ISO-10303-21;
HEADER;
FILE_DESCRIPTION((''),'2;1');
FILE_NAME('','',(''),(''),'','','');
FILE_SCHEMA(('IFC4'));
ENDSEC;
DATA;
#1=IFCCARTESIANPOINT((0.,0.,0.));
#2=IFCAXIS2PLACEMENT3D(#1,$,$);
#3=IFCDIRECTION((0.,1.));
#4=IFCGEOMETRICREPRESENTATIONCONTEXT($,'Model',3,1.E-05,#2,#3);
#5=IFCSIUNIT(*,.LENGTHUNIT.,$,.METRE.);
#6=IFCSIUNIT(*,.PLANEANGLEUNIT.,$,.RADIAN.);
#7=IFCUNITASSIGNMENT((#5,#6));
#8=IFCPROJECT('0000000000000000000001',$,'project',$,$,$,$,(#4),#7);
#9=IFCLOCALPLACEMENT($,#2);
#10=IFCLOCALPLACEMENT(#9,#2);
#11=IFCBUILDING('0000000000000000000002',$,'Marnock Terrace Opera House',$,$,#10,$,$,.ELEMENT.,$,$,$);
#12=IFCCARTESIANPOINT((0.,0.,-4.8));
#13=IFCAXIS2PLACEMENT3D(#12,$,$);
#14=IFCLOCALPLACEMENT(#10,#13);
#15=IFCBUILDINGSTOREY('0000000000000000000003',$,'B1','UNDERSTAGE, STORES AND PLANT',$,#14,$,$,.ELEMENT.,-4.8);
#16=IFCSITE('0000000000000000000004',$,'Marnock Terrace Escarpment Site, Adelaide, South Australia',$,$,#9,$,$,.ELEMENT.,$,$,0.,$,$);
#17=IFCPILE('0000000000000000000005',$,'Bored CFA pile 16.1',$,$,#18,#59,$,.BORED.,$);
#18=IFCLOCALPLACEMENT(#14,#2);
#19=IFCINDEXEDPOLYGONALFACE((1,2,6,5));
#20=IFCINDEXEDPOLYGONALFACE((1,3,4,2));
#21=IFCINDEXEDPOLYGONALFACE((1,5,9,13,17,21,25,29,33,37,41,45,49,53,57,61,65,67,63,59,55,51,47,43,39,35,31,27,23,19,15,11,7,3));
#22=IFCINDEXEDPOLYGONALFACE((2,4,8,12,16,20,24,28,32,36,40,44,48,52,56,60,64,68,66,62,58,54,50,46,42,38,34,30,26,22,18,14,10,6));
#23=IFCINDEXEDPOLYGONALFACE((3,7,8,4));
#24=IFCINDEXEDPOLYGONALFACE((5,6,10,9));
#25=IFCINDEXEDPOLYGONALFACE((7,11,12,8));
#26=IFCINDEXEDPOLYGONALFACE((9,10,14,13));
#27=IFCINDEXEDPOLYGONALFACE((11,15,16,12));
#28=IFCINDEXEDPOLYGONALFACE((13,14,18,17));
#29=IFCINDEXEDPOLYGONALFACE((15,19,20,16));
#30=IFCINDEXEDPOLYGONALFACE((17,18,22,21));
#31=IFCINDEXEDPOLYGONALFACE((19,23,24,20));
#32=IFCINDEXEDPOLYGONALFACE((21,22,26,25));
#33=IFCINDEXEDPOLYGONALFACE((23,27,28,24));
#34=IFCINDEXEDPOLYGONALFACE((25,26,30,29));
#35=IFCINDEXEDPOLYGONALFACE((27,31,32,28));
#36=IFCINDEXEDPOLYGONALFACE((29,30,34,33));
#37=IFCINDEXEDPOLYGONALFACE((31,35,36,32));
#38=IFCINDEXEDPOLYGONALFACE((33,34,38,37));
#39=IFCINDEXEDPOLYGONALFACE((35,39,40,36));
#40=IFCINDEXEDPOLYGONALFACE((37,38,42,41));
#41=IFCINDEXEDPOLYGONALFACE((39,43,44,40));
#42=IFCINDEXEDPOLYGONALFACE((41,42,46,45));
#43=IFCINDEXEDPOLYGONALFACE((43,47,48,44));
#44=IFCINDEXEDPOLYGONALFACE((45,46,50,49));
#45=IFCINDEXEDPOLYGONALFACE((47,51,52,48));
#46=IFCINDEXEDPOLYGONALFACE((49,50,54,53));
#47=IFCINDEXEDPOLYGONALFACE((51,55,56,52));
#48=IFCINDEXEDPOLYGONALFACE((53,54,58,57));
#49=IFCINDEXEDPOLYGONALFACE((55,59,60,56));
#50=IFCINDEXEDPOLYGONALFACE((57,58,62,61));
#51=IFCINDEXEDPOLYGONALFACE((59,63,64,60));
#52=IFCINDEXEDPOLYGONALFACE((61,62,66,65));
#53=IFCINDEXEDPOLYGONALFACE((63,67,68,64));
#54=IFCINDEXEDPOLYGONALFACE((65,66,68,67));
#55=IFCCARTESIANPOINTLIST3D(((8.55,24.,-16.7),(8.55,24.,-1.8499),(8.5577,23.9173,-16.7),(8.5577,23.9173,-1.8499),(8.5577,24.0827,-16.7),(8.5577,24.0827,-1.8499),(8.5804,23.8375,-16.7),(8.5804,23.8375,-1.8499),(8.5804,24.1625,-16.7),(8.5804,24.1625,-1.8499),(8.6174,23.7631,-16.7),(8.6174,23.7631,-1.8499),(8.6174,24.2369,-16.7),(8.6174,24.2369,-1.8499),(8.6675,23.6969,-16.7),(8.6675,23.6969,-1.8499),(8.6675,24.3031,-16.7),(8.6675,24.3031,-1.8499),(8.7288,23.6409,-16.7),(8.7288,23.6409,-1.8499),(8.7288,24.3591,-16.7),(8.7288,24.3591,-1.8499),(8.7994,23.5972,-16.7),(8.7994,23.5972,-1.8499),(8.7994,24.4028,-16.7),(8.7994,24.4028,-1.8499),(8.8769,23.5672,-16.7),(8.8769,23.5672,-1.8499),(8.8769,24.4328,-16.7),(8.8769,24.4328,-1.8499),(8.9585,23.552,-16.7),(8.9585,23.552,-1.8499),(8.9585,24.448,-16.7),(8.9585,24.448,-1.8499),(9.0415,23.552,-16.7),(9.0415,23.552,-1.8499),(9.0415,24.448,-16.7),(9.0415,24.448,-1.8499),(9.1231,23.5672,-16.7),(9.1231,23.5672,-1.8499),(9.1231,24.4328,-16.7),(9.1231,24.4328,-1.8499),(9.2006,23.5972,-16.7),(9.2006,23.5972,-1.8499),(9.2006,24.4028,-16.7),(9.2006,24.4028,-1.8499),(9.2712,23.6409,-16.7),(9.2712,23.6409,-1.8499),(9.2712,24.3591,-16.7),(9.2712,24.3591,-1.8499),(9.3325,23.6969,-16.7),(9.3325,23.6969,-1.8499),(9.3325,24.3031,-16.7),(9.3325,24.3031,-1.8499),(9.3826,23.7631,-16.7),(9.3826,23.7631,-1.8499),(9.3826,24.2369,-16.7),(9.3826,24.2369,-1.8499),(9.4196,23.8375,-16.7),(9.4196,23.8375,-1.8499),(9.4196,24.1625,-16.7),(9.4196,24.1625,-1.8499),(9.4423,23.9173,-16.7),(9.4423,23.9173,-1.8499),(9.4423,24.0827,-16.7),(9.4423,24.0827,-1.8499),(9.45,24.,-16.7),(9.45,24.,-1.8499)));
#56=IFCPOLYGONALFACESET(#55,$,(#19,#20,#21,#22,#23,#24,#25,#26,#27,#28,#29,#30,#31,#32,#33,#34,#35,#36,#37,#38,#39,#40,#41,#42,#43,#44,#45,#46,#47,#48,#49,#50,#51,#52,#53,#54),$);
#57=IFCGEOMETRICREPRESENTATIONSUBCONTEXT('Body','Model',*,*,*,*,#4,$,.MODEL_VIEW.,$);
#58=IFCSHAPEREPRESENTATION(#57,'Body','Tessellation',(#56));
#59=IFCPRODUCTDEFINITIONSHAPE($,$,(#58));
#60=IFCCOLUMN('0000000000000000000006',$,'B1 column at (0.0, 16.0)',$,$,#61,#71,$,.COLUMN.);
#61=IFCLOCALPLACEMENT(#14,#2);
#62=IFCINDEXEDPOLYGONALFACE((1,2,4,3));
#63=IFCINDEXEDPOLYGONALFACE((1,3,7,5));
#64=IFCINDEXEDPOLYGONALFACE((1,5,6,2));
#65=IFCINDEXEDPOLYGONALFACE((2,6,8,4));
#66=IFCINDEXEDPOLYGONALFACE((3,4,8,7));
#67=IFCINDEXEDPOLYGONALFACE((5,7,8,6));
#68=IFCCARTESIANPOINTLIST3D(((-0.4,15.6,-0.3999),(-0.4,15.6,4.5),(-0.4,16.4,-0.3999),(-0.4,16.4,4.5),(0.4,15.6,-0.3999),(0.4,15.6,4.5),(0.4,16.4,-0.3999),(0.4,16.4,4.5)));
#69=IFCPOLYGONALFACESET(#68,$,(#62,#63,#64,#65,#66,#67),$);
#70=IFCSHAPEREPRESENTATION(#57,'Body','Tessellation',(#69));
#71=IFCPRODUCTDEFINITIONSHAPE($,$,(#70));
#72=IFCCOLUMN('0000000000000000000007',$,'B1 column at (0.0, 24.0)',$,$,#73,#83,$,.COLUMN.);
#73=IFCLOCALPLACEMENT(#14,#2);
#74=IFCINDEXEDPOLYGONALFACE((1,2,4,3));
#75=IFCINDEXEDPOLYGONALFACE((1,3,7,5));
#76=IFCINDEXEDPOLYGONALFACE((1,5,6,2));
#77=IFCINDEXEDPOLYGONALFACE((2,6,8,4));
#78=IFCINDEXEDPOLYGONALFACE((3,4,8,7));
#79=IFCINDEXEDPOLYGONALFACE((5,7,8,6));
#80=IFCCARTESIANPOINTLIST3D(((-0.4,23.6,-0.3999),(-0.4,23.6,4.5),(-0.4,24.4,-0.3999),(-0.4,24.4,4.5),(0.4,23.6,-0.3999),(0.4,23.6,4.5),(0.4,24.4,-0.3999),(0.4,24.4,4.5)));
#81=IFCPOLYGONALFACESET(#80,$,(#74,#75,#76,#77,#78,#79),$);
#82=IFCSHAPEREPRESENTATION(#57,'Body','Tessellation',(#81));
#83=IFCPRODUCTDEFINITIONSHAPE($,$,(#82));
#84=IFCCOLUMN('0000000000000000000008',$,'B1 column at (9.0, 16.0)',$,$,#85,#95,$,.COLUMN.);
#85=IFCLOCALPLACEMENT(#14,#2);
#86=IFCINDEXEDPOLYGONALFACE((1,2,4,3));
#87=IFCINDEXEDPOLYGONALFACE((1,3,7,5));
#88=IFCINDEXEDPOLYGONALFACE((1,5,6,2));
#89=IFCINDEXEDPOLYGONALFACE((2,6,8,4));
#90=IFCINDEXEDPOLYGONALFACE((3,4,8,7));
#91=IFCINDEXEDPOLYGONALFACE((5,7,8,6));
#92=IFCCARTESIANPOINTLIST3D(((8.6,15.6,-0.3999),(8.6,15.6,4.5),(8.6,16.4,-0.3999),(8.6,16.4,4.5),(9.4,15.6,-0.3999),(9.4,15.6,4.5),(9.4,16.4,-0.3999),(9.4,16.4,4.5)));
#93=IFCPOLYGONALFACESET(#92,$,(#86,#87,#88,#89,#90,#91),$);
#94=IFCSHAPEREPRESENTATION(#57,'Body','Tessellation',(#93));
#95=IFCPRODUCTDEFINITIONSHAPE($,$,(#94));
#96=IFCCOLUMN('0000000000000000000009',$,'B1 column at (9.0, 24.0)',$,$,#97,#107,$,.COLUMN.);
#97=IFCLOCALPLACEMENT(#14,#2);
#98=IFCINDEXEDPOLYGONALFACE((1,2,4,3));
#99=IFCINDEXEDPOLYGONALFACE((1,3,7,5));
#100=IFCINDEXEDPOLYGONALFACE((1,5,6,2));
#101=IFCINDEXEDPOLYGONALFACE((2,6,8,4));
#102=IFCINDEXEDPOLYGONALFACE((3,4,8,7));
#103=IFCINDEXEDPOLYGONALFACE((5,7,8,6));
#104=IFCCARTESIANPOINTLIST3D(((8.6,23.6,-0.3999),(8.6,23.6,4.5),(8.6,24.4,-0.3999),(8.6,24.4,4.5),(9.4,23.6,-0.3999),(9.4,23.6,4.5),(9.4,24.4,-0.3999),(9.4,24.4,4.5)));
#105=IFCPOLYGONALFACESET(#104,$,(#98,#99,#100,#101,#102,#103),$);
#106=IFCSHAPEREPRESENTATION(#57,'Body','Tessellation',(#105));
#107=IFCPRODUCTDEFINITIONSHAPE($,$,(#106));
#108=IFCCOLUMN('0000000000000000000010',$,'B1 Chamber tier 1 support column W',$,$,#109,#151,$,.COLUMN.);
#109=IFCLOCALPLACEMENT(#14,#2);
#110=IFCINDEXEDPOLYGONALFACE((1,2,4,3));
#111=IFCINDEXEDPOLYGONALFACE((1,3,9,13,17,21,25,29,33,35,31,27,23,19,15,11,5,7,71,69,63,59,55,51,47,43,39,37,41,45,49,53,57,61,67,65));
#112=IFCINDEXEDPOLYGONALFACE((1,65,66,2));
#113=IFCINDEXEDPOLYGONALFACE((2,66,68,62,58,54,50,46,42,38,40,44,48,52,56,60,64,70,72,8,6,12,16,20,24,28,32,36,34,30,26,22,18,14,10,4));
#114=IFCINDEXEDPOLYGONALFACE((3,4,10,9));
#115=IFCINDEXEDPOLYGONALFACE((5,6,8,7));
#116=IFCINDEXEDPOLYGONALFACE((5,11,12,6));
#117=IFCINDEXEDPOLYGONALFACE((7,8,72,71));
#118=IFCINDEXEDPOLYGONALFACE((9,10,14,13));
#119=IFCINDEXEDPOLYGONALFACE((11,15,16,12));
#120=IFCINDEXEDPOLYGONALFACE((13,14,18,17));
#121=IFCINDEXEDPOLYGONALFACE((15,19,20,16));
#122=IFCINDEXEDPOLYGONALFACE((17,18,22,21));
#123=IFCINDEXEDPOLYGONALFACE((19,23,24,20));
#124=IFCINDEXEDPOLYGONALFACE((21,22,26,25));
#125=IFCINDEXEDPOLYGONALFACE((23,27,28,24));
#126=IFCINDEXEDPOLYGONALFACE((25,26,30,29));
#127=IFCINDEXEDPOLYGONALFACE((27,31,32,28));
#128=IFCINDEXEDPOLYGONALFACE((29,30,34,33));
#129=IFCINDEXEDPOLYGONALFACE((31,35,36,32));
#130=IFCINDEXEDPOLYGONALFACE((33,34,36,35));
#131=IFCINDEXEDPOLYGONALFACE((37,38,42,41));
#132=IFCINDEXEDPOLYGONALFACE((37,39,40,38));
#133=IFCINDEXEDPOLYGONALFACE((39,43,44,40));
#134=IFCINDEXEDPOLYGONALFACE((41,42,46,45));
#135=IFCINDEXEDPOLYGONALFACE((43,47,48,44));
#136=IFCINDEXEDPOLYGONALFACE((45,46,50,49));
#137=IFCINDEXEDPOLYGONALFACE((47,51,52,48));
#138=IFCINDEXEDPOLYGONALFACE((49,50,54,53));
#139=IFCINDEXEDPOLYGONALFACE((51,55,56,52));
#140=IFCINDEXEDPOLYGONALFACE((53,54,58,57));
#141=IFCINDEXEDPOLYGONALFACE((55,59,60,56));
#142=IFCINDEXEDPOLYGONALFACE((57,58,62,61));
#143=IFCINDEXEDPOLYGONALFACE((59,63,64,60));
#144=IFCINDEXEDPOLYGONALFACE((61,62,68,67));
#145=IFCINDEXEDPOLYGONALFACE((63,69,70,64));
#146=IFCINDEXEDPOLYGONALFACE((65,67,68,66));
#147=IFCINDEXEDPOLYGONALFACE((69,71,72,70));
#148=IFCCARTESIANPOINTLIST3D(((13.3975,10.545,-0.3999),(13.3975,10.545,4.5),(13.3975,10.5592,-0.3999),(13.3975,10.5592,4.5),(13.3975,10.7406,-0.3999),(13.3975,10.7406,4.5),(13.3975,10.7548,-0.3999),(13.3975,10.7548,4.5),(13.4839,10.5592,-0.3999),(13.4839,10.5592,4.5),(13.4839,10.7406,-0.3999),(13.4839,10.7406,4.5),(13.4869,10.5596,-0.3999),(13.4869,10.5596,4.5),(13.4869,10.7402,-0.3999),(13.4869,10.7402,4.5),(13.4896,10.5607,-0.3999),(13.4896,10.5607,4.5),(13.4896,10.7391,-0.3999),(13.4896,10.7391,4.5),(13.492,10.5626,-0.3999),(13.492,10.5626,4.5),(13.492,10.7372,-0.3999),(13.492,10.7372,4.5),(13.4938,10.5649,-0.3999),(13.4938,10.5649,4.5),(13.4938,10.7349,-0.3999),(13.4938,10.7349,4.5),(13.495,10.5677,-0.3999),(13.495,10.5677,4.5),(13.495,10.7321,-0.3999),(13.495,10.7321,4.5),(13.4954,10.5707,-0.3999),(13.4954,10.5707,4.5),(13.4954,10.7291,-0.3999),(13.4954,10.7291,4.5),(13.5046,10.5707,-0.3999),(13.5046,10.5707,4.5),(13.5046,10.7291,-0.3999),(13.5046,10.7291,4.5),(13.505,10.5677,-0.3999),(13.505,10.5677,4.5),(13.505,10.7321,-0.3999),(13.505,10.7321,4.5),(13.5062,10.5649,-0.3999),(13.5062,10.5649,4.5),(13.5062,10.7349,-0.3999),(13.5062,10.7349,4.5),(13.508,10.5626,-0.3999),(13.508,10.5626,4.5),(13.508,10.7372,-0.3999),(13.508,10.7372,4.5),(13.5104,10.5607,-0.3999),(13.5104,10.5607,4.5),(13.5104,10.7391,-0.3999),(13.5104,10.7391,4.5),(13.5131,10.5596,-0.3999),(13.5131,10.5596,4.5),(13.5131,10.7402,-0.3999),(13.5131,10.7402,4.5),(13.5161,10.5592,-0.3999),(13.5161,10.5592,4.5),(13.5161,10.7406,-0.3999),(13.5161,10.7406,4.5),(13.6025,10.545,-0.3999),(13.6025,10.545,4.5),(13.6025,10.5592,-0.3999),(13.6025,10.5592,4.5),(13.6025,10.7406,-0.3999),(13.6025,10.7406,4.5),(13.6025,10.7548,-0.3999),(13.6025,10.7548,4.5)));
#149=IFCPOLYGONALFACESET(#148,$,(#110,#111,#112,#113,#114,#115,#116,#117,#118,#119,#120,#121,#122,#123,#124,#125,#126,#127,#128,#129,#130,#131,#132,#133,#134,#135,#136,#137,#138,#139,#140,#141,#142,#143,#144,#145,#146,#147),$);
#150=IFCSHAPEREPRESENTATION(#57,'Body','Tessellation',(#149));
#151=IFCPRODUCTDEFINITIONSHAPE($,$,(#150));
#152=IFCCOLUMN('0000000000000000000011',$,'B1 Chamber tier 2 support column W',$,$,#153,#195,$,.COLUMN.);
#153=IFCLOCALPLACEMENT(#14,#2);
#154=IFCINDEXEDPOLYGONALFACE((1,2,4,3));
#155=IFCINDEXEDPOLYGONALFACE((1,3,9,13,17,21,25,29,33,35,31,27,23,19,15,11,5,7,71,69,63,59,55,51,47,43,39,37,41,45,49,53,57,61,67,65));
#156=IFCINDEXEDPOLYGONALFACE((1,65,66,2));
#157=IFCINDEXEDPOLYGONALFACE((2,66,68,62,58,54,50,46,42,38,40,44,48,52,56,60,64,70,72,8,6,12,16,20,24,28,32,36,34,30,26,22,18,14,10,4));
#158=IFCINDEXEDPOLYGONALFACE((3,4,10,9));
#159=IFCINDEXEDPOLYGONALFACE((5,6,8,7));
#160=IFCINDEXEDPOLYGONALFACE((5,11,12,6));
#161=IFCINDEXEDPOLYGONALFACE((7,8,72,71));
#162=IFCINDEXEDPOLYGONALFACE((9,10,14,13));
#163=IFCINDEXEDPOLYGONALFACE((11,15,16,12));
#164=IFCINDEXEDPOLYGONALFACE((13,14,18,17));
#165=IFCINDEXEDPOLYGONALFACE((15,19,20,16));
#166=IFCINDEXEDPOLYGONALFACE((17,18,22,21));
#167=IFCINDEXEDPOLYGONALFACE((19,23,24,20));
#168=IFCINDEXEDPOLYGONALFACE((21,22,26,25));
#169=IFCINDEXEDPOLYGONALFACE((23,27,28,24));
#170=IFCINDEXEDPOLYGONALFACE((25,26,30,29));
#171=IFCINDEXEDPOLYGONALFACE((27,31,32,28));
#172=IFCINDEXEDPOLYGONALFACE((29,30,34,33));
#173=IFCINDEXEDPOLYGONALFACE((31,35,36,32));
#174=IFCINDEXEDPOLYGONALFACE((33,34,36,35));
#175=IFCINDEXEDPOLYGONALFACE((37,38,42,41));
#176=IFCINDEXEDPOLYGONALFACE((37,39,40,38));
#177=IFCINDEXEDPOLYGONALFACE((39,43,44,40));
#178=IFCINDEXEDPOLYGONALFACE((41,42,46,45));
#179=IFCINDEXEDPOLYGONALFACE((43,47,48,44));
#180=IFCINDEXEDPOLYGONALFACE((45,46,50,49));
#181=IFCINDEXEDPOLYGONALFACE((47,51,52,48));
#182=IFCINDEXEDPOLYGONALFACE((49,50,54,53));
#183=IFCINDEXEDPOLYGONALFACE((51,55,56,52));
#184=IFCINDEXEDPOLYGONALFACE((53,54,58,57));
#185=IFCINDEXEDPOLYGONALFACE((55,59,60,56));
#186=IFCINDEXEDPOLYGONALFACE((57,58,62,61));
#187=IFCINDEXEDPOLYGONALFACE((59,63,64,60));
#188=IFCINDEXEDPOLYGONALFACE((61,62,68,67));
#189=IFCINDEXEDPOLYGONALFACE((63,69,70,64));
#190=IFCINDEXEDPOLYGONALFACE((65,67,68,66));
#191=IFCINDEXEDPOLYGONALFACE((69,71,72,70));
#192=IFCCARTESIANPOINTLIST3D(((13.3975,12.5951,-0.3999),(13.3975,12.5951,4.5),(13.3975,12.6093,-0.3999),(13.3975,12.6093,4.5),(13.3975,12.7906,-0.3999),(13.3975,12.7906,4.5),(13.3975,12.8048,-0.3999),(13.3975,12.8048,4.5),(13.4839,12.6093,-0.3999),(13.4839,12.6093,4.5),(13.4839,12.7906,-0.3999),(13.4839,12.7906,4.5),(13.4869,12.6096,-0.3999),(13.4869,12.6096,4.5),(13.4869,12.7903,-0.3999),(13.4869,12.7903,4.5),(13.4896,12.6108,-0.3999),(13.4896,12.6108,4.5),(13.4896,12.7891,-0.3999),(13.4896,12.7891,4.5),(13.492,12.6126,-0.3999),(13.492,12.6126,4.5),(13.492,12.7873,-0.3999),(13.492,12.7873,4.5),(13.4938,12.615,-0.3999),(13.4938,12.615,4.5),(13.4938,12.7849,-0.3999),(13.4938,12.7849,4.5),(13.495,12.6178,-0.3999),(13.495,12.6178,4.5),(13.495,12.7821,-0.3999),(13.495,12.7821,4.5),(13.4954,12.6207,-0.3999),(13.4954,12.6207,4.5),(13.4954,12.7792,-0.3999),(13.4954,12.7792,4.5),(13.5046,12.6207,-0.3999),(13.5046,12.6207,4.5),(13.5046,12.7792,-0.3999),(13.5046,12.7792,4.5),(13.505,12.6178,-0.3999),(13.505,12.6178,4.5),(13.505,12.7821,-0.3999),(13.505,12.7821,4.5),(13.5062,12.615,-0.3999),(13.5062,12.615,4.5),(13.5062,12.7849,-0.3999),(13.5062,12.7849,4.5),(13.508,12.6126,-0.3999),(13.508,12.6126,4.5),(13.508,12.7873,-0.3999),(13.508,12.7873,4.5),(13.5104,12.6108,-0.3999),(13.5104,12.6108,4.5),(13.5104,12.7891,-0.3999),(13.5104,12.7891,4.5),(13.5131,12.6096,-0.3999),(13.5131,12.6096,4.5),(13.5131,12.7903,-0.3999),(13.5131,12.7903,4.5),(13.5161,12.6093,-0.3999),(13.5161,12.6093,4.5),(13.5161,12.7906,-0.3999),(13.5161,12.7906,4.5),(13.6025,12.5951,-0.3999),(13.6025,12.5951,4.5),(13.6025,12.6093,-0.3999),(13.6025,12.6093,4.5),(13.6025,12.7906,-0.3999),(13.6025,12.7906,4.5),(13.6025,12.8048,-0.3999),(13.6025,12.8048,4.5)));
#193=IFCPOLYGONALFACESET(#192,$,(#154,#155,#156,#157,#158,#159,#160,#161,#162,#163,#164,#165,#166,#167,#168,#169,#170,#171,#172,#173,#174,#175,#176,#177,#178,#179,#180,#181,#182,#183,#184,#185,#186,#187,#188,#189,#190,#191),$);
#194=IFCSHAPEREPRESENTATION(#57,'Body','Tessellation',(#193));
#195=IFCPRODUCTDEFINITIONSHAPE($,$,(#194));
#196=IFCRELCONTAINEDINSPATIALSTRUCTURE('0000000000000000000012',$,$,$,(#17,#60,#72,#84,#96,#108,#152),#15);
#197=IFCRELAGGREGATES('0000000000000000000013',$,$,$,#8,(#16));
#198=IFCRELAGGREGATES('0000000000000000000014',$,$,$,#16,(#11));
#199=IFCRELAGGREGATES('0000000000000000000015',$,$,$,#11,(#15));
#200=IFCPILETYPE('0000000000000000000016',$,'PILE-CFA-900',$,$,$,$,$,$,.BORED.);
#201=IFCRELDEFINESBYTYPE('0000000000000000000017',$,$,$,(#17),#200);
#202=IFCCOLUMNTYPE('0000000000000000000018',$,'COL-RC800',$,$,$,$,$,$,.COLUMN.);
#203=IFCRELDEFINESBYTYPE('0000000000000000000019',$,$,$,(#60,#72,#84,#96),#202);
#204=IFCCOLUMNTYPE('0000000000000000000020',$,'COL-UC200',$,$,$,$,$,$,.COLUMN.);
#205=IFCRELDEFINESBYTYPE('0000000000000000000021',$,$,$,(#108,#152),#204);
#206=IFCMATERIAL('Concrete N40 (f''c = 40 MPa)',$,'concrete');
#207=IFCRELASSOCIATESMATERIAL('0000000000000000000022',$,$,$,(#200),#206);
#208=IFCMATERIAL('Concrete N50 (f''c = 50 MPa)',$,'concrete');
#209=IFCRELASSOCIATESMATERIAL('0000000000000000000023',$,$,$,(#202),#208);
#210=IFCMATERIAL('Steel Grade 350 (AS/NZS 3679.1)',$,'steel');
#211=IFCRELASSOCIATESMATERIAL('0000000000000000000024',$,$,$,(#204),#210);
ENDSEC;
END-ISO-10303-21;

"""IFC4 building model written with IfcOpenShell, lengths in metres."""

from ifc_helpers import new_model, si_unit, direction, frame, origin, origin_2d, place, context, subcontext, project, spatial, rectangle, circle, i_section, extrude, material, material_profile, profile_set, type_object, element, save


model = new_model("IFC4")

# Units and contexts
model_context = context("Model", 3, precision=1e-05, world=origin(), true_north=direction((0.0, 1.0)))
body_context = subcontext(model_context, "Body", "Model", "MODEL_VIEW")
ifc_project = project(units=[si_unit("LENGTHUNIT", "METRE"), si_unit("PLANEANGLEUNIT", "RADIAN")], contexts=[model_context])

# Site, building, storey
site_placement = place(None, origin())
site = spatial("IfcSite", under=ifc_project, at=site_placement, Name="Marnock Terrace Escarpment Site, Adelaide, South Australia", CompositionType="ELEMENT", RefElevation=0.0)
building_placement = place(site_placement, origin())
building = spatial("IfcBuilding", under=site, at=building_placement, Name="Marnock Terrace Opera House", CompositionType="ELEMENT")
storey_placement = place(building_placement, frame((0.0, 0.0, -4.8)))
storey = spatial("IfcBuildingStorey", under=building, at=storey_placement, Name="B1", Description="UNDERSTAGE, STORES AND PLANT", CompositionType="ELEMENT", Elevation=-4.8)

# Shared definitions
ifc_material_1 = material(Name="Concrete N40 (f'c = 40 MPa)", Category="concrete")

# Pile
ifc_material_profile_1 = material_profile(ifc_material_1, circle(Radius=0.45, at=origin_2d()))
ifc_profile_set_1 = profile_set([ifc_material_profile_1], Name="Concrete N40 (f'c = 40 MPa)")
pile_type = type_object("IfcPileType", Name="PILE-CFA-900", PredefinedType="BORED", material=ifc_profile_set_1)
for number, where, z_axis, x_axis, name in (
    (1, (9.0, 24.0, -1.8499), (0.0, 0.0, -1.0), (1.0, 0.0, 0.0), "Bored CFA pile 16.1"),
):
    element("IfcPile", number, at=place(storey_placement, frame(where, z_axis=z_axis, x_axis=x_axis)), inside=storey, type_object=pile_type, Name=name, PredefinedType="BORED", context=body_context, shape_type="SweptSolid", body=[
        extrude(circle(Radius=0.45, at=origin_2d()), origin(), (0.0, 0.0, 1.0), 14.8501),
    ])

# Columns
ifc_material_2 = material(Name="Concrete N50 (f'c = 50 MPa)", Category="concrete")
ifc_material_profile_2 = material_profile(ifc_material_2, rectangle(XDim=0.8, YDim=0.8, at=origin_2d()))
ifc_profile_set_2 = profile_set([ifc_material_profile_2], Name="Concrete N50 (f'c = 50 MPa)")
column_type_1 = type_object("IfcColumnType", Name="COL-RC800", PredefinedType="COLUMN", material=ifc_profile_set_2)
for number, where, z_axis, x_axis, name in (
    (2, (0.0, 16.0, -0.3999), (0.0, 0.0, 1.0), (1.0, 0.0, 0.0), "B1 column at (0.0, 16.0)"),
    (3, (0.0, 24.0, -0.3999), (0.0, 0.0, 1.0), (1.0, 0.0, 0.0), "B1 column at (0.0, 24.0)"),
    (4, (9.0, 16.0, -0.3999), (0.0, 0.0, 1.0), (1.0, 0.0, 0.0), "B1 column at (9.0, 16.0)"),
    (5, (9.0, 24.0, -0.3999), (0.0, 0.0, 1.0), (1.0, 0.0, 0.0), "B1 column at (9.0, 24.0)"),
):
    element("IfcColumn", number, at=place(storey_placement, frame(where, z_axis=z_axis, x_axis=x_axis)), inside=storey, type_object=column_type_1, Name=name, PredefinedType="COLUMN", context=body_context, shape_type="SweptSolid", body=[
        extrude(rectangle(XDim=0.8, YDim=0.8, at=origin_2d()), origin(), (0.0, 0.0, 1.0), 4.8999),
    ])
ifc_material_3 = material(Name="Steel Grade 350 (AS/NZS 3679.1)", Category="steel")
ifc_material_profile_3 = material_profile(ifc_material_3, i_section(OverallWidth=0.2051, OverallDepth=0.2097, WebThickness=0.0093, FlangeThickness=0.0142, FilletRadius=0.0115, at=origin_2d()))
ifc_profile_set_3 = profile_set([ifc_material_profile_3], Name="Steel Grade 350 (AS/NZS 3679.1)")
column_type_2 = type_object("IfcColumnType", Name="COL-UC200", PredefinedType="COLUMN", material=ifc_profile_set_3)
for number, where, z_axis, x_axis, name in (
    (6, (13.5, 10.6499, -0.3999), (0.0, 0.0, 1.0), (1.0, 0.0, 0.0), "B1 Chamber tier 1 support column W"),
    (7, (13.5, 12.7, -0.3999), (0.0, 0.0, 1.0), (1.0, 0.0, 0.0), "B1 Chamber tier 2 support column W"),
):
    element("IfcColumn", number, at=place(storey_placement, frame(where, z_axis=z_axis, x_axis=x_axis)), inside=storey, type_object=column_type_2, Name=name, PredefinedType="COLUMN", context=body_context, shape_type="SweptSolid", body=[
        extrude(i_section(OverallWidth=0.2051, OverallDepth=0.2097, WebThickness=0.0093, FlangeThickness=0.0142, FilletRadius=0.0115, at=origin_2d()), origin(), (0.0, 0.0, 1.0), 4.8999),
    ])

save(model, "model.ifc")
